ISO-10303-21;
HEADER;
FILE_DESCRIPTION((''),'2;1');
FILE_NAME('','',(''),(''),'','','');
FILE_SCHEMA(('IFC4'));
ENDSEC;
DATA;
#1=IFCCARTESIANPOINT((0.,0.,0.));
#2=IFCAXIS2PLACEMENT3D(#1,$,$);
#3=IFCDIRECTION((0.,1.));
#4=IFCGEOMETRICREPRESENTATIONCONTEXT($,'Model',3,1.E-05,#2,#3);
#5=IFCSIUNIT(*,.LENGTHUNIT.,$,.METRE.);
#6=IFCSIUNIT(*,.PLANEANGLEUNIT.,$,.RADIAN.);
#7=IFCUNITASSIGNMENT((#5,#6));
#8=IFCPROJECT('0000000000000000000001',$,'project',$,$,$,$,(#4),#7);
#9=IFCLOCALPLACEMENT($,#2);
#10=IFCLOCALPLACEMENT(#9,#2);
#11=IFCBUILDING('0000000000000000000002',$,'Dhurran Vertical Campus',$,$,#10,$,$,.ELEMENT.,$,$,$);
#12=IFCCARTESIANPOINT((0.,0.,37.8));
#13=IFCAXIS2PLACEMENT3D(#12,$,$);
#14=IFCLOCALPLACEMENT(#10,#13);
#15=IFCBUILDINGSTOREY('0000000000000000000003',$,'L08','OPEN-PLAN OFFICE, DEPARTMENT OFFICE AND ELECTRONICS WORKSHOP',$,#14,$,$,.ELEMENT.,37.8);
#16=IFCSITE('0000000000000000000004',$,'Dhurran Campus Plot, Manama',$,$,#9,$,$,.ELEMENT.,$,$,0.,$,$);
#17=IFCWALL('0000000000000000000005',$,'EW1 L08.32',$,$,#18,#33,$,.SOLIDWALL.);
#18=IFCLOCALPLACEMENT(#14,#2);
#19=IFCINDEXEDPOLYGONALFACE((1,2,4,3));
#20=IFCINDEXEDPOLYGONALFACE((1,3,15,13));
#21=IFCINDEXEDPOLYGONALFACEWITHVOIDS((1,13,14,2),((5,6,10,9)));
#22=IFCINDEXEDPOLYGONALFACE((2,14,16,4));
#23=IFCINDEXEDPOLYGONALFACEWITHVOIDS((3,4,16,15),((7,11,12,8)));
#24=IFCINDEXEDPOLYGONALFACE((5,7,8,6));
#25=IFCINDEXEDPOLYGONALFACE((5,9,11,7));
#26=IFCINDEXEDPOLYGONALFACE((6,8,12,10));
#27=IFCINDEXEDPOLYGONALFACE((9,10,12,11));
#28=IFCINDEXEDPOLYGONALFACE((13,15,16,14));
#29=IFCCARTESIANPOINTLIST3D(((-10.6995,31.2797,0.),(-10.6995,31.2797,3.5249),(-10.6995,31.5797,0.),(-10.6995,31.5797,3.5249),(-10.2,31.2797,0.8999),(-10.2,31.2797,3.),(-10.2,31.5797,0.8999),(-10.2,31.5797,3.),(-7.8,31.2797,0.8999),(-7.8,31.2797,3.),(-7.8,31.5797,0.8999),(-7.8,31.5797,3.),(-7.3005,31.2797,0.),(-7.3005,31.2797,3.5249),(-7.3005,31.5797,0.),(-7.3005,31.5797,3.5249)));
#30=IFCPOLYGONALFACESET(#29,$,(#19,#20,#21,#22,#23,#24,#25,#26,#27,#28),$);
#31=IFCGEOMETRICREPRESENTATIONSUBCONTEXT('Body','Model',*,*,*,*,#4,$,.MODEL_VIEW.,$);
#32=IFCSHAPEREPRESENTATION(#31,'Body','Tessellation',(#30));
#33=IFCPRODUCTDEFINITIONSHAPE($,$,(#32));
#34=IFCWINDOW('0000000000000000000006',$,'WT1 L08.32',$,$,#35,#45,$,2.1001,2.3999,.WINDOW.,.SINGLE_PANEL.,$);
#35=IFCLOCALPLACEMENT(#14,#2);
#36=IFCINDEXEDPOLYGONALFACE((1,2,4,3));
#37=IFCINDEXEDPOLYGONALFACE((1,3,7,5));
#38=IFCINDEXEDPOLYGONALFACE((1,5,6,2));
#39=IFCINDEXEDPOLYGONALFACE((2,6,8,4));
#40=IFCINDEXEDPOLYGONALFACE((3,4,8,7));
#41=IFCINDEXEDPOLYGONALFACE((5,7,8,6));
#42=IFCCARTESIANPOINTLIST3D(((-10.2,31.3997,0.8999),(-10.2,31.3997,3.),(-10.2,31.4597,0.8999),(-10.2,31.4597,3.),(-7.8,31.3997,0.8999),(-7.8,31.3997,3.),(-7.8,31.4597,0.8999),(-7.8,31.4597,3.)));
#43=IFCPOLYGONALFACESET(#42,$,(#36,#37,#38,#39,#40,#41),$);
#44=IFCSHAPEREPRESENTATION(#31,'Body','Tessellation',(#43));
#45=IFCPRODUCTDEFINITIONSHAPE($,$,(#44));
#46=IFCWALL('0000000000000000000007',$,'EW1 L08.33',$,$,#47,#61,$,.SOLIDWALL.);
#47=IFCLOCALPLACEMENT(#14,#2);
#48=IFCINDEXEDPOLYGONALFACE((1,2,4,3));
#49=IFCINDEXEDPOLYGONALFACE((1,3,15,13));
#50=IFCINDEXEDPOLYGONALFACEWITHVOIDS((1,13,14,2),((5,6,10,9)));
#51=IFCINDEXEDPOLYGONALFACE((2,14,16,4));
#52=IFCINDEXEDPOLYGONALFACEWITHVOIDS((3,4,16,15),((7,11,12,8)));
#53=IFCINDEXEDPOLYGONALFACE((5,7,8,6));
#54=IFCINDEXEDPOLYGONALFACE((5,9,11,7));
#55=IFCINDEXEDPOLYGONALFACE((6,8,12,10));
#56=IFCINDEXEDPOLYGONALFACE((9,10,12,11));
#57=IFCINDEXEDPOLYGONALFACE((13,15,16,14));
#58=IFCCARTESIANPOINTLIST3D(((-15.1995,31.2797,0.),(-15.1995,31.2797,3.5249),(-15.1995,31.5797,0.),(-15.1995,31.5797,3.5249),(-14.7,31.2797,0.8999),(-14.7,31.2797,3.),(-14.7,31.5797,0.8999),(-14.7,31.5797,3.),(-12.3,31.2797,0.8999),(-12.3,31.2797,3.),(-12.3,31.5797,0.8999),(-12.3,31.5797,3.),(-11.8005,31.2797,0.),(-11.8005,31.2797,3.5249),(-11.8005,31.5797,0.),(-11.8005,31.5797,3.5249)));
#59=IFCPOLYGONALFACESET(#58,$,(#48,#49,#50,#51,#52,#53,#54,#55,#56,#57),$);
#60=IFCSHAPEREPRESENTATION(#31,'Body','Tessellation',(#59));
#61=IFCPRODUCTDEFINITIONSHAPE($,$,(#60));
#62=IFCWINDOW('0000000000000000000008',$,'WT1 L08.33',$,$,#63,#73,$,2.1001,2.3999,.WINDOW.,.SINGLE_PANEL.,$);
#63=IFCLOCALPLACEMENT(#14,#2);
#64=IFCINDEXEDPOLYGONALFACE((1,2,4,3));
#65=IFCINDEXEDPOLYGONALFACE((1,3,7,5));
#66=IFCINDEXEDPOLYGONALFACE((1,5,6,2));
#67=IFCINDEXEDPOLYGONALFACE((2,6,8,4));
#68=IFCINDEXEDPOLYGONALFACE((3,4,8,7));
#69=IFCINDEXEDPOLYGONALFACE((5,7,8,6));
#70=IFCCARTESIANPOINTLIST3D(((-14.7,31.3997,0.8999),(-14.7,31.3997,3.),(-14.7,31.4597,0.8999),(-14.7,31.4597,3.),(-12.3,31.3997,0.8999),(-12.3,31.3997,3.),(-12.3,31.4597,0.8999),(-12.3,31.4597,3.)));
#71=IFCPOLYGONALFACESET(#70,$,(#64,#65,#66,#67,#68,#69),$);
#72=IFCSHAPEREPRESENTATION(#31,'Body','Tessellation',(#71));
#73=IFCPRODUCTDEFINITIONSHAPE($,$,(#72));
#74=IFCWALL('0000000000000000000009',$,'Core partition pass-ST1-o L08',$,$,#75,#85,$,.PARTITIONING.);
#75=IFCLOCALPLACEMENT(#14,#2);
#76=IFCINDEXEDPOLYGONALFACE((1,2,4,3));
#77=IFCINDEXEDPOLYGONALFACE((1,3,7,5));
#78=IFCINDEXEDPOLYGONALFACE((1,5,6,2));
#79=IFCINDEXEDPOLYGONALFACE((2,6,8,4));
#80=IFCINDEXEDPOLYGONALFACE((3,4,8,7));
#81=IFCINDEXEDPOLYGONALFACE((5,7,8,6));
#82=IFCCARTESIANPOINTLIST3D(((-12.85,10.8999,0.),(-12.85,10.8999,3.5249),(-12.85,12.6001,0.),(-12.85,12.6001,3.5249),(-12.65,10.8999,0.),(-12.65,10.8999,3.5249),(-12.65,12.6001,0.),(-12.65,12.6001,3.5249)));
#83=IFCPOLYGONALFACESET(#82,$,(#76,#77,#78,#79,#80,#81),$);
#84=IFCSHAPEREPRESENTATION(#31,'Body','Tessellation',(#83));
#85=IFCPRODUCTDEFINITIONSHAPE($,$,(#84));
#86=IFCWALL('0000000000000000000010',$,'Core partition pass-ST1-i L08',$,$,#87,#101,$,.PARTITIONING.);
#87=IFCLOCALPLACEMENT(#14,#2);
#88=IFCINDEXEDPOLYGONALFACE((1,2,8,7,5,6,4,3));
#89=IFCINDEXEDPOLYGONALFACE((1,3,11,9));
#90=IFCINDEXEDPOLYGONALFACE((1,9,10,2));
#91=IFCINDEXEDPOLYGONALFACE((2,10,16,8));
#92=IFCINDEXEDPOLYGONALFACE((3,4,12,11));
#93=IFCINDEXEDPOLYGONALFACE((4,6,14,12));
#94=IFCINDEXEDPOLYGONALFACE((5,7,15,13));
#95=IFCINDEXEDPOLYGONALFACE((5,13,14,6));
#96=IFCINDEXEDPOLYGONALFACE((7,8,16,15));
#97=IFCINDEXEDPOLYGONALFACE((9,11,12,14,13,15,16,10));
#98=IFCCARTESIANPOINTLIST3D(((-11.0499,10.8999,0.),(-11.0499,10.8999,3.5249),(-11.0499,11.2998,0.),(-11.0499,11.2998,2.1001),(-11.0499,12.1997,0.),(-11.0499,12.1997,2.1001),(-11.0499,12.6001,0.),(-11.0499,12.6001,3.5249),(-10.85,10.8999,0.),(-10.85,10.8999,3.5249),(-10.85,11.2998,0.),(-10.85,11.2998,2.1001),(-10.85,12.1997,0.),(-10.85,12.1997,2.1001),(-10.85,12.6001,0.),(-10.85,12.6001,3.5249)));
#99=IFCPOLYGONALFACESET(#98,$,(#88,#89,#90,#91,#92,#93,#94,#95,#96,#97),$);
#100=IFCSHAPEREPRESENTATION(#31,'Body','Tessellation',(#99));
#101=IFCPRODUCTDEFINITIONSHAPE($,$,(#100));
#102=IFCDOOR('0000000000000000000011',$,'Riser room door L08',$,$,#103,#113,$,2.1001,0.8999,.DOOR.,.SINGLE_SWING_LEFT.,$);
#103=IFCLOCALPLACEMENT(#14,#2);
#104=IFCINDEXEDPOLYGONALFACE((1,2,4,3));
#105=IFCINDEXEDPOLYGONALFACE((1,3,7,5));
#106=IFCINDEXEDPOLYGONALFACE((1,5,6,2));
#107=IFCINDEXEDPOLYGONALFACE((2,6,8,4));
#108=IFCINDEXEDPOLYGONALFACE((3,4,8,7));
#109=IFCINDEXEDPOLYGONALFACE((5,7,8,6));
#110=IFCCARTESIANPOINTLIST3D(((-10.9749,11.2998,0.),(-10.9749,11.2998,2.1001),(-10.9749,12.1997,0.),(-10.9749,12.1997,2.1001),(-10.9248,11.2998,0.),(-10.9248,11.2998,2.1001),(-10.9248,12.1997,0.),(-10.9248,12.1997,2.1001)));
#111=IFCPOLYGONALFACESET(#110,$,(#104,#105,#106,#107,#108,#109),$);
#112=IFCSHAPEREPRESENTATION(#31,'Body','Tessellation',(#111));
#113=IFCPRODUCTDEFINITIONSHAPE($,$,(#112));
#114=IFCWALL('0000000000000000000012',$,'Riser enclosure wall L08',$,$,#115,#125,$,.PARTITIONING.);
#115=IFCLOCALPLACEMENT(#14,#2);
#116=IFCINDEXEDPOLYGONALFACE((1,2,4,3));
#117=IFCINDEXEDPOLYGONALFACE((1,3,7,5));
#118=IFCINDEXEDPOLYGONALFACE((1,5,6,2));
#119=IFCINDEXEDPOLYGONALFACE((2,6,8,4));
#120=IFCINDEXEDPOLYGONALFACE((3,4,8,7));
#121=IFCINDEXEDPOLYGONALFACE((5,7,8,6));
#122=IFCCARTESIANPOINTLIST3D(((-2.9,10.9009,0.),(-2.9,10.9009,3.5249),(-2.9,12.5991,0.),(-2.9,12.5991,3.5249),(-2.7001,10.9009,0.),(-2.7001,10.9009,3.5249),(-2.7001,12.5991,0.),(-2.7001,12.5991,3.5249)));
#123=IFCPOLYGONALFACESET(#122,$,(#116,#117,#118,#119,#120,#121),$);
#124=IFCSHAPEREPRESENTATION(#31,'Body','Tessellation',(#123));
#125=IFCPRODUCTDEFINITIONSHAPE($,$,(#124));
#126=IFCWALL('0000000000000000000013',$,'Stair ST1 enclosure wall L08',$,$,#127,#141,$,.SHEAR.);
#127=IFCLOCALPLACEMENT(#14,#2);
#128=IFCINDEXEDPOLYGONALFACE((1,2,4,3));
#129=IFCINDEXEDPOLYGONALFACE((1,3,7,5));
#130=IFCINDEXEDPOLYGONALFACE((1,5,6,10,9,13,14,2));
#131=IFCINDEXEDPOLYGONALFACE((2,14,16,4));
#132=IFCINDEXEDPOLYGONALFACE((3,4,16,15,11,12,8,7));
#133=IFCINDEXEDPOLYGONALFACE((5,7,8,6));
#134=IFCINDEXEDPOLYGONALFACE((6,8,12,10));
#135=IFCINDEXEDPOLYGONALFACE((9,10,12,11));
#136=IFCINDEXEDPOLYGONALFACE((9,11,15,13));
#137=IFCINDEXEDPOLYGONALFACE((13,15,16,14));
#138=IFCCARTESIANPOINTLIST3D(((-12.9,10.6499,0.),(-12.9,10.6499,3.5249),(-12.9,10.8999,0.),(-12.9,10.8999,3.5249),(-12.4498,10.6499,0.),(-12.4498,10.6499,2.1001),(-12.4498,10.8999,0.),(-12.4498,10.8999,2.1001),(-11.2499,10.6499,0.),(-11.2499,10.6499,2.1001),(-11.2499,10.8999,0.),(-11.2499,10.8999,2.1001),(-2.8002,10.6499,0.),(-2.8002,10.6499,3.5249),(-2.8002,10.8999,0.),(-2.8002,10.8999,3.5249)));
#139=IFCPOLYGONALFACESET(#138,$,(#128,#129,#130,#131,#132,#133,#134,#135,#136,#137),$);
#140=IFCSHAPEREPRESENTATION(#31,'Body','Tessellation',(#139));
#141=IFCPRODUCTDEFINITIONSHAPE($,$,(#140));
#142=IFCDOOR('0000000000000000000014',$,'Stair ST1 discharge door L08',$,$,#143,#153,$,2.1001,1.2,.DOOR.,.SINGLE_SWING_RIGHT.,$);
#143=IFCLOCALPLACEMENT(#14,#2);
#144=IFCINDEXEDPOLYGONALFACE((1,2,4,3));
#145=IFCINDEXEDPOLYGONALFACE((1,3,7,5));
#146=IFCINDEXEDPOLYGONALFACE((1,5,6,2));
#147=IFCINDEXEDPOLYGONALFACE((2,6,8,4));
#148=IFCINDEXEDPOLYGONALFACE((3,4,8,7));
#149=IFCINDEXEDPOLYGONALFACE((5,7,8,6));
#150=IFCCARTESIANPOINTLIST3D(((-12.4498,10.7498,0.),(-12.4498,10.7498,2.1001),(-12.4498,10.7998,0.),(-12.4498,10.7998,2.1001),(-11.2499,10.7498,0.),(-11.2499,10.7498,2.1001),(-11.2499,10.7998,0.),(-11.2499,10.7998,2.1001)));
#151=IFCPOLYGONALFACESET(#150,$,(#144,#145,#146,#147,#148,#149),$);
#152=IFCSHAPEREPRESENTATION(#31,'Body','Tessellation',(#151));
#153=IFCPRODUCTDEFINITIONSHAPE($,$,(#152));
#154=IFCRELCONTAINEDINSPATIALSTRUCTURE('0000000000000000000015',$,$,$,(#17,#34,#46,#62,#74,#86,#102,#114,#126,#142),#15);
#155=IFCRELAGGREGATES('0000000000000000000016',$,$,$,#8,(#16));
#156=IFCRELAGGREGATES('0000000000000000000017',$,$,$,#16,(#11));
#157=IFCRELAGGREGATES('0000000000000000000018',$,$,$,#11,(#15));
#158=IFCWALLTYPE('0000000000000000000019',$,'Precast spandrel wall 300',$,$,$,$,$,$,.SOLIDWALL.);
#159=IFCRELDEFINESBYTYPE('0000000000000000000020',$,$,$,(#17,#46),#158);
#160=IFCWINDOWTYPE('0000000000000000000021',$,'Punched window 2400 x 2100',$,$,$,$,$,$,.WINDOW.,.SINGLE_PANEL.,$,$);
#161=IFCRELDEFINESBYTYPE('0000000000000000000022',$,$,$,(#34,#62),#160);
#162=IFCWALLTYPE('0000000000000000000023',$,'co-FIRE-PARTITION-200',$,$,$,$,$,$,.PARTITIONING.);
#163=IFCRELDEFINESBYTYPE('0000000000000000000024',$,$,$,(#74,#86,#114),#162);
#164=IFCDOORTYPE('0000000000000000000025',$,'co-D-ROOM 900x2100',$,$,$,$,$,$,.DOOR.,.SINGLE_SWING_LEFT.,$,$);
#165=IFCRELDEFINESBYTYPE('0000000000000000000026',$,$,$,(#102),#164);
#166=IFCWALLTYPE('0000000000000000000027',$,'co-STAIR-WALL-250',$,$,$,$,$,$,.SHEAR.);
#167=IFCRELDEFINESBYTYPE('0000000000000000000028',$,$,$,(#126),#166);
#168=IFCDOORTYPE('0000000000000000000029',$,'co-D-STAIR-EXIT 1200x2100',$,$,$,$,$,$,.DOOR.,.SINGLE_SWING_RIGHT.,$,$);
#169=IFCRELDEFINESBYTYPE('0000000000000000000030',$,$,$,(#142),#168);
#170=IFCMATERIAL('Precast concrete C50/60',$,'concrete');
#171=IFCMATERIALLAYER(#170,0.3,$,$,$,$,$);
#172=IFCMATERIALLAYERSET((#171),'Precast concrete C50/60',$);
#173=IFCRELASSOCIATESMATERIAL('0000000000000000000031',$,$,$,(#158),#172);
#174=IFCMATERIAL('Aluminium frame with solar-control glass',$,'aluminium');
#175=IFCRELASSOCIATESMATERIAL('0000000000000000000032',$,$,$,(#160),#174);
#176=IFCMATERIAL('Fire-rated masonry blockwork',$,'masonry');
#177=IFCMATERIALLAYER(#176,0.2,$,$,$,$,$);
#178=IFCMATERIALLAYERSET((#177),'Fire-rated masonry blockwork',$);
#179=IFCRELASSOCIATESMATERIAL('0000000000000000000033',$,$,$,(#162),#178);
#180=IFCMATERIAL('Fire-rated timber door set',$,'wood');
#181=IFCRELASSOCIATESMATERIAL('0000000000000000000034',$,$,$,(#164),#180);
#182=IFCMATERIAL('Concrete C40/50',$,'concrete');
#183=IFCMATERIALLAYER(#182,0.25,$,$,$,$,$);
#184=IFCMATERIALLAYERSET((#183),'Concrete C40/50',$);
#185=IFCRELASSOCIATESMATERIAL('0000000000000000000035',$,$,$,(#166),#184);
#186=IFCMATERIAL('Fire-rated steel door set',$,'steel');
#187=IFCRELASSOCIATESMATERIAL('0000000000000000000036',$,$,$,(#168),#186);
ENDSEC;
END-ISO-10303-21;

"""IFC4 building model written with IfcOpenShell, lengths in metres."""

from ifc_helpers import new_model, si_unit, direction, frame, frame_2d, origin, place, context, subcontext, project, spatial, rectangle, extrude, material, layer, layer_set, type_object, element, fill, save


model = new_model("IFC4")

# Units and contexts
model_context = context("Model", 3, precision=1e-05, world=origin(), true_north=direction((0.0, 1.0)))
body_context = subcontext(model_context, "Body", "Model", "MODEL_VIEW")
ifc_project = project(units=[si_unit("LENGTHUNIT", "METRE"), si_unit("PLANEANGLEUNIT", "RADIAN")], contexts=[model_context])

# Site, building, storey
site_placement = place(None, origin())
site = spatial("IfcSite", under=ifc_project, at=site_placement, Name="Dhurran Campus Plot, Manama", CompositionType="ELEMENT", RefElevation=0.0)
building_placement = place(site_placement, origin())
building = spatial("IfcBuilding", under=site, at=building_placement, Name="Dhurran Vertical Campus", CompositionType="ELEMENT")
storey_placement = place(building_placement, frame((0.0, 0.0, 37.8)))
storey = spatial("IfcBuildingStorey", under=building, at=storey_placement, Name="L08", Description="OPEN-PLAN OFFICE, DEPARTMENT OFFICE AND ELECTRONICS WORKSHOP", CompositionType="ELEMENT", Elevation=37.8)

# Walls, openings, windows
ifc_material_1 = material(Name="Precast concrete C50/60", Category="concrete")
ifc_layer_1 = layer(ifc_material_1, 0.3)
ifc_layer_set_1 = layer_set([ifc_layer_1], Name="Precast concrete C50/60")
wall_type_1 = type_object("IfcWallType", Name="Precast spandrel wall 300", PredefinedType="SOLIDWALL", material=ifc_layer_set_1)
ifc_material_2 = material(Name="Aluminium frame with solar-control glass", Category="aluminium")
window_type = type_object("IfcWindowType", Name="Punched window 2400 x 2100", PartitioningType="SINGLE_PANEL", PredefinedType="WINDOW", material=ifc_material_2)
wall_1_placement = place(storey_placement, frame((-7.3005, 31.4297, 0.0), z_axis=(0.0, 0.0, 1.0), x_axis=(-1.0, 0.0, 0.0)))
wall_1 = element("IfcWall", 1, at=wall_1_placement, inside=storey, type_object=wall_type_1, Name="EW1 L08.32", PredefinedType="SOLIDWALL", context=body_context, shape_type="SweptSolid", body=[
    extrude(rectangle(XDim=3.3989, YDim=0.3, at=frame_2d((1.6995, 0.0))), origin(), (0.0, 0.0, 1.0), 3.5249),
])
opening_1_placement = place(wall_1_placement, frame((0.4995, 0.0, 0.8999)))
opening_1 = element("IfcOpeningElement", 2, at=opening_1_placement, cuts=wall_1, PredefinedType="OPENING", context=body_context, shape_type="SweptSolid", body=[
    extrude(rectangle(XDim=2.3999, YDim=2.1001, at=frame_2d((1.2, 1.05))), frame((0.0, 0.1599, 0.0), z_axis=(0.0, -1.0, 0.0), x_axis=(1.0, 0.0, 0.0)), (0.0, 0.0, 1.0), 0.3201),
])
window_1_placement = place(opening_1_placement, origin())
window_1 = element("IfcWindow", 3, at=window_1_placement, inside=storey, type_object=window_type, Name="WT1 L08.32", OverallHeight=2.1001, OverallWidth=2.3999, PartitioningType="SINGLE_PANEL", PredefinedType="WINDOW", context=body_context, shape_type="SweptSolid", body=[
    extrude(rectangle(XDim=2.3999, YDim=2.1001, at=frame_2d((1.2, 1.05))), frame((0.0, 0.03, 0.0), z_axis=(0.0, -1.0, 0.0), x_axis=(1.0, 0.0, 0.0)), (0.0, 0.0, 1.0), 0.0601),
])
fill(opening_1, window_1)
wall_2_placement = place(storey_placement, frame((-11.8005, 31.4297, 0.0), z_axis=(0.0, 0.0, 1.0), x_axis=(-1.0, 0.0, 0.0)))
wall_2 = element("IfcWall", 4, at=wall_2_placement, inside=storey, type_object=wall_type_1, Name="EW1 L08.33", PredefinedType="SOLIDWALL", context=body_context, shape_type="SweptSolid", body=[
    extrude(rectangle(XDim=3.3989, YDim=0.3, at=frame_2d((1.6995, 0.0))), origin(), (0.0, 0.0, 1.0), 3.5249),
])
opening_2_placement = place(wall_2_placement, frame((0.4995, 0.0, 0.8999)))
opening_2 = element("IfcOpeningElement", 5, at=opening_2_placement, cuts=wall_2, PredefinedType="OPENING", context=body_context, shape_type="SweptSolid", body=[
    extrude(rectangle(XDim=2.3999, YDim=2.1001, at=frame_2d((1.2, 1.05))), frame((0.0, 0.1599, 0.0), z_axis=(0.0, -1.0, 0.0), x_axis=(1.0, 0.0, 0.0)), (0.0, 0.0, 1.0), 0.3201),
])
window_2_placement = place(opening_2_placement, origin())
window_2 = element("IfcWindow", 6, at=window_2_placement, inside=storey, type_object=window_type, Name="WT1 L08.33", OverallHeight=2.1001, OverallWidth=2.3999, PartitioningType="SINGLE_PANEL", PredefinedType="WINDOW", context=body_context, shape_type="SweptSolid", body=[
    extrude(rectangle(XDim=2.3999, YDim=2.1001, at=frame_2d((1.2, 1.05))), frame((0.0, 0.03, 0.0), z_axis=(0.0, -1.0, 0.0), x_axis=(1.0, 0.0, 0.0)), (0.0, 0.0, 1.0), 0.0601),
])
fill(opening_2, window_2)

# Wall
ifc_material_3 = material(Name="Fire-rated masonry blockwork", Category="masonry")
ifc_layer_2 = layer(ifc_material_3, 0.2)
ifc_layer_set_2 = layer_set([ifc_layer_2], Name="Fire-rated masonry blockwork")
wall_type_2 = type_object("IfcWallType", Name="co-FIRE-PARTITION-200", PredefinedType="PARTITIONING", material=ifc_layer_set_2)
wall_3_placement = place(storey_placement, frame((-12.75, 10.8999, 0.0), z_axis=(0.0, 0.0, 1.0), x_axis=(0.0, 1.0, 0.0)))
element("IfcWall", 7, at=wall_3_placement, inside=storey, type_object=wall_type_2, Name="Core partition pass-ST1-o L08", PredefinedType="PARTITIONING", context=body_context, shape_type="SweptSolid", body=[
    extrude(rectangle(XDim=1.7002, YDim=0.2, at=frame_2d((0.8501, 0.0))), origin(), (0.0, 0.0, 1.0), 3.5249),
])

# Wall, opening, door
wall_4_placement = place(storey_placement, frame((-10.95, 10.8999, 0.0), z_axis=(0.0, 0.0, 1.0), x_axis=(0.0, 1.0, 0.0)))
wall_4 = element("IfcWall", 8, at=wall_4_placement, inside=storey, type_object=wall_type_2, Name="Core partition pass-ST1-i L08", PredefinedType="PARTITIONING", context=body_context, shape_type="SweptSolid", body=[
    extrude(rectangle(XDim=1.7002, YDim=0.2, at=frame_2d((0.8501, 0.0))), origin(), (0.0, 0.0, 1.0), 3.5249),
])
opening_3_placement = place(wall_4_placement, frame((0.3999, 0.0, 0.0)))
opening_3 = element("IfcOpeningElement", 9, at=opening_3_placement, cuts=wall_4, PredefinedType="OPENING", context=body_context, shape_type="SweptSolid", body=[
    extrude(rectangle(XDim=0.8999, YDim=2.1001, at=frame_2d((0.45, 1.05))), frame((0.0, 0.1099, 0.0), z_axis=(0.0, -1.0, 0.0), x_axis=(1.0, 0.0, 0.0)), (0.0, 0.0, 1.0), 0.22),
])
ifc_material_4 = material(Name="Fire-rated timber door set", Category="wood")
door_type_1 = type_object("IfcDoorType", Name="co-D-ROOM 900x2100", OperationType="SINGLE_SWING_LEFT", PredefinedType="DOOR", material=ifc_material_4)
door_1_placement = place(opening_3_placement, origin())
door_1 = element("IfcDoor", 10, at=door_1_placement, inside=storey, type_object=door_type_1, Name="Riser room door L08", OperationType="SINGLE_SWING_LEFT", OverallHeight=2.1001, OverallWidth=0.8999, PredefinedType="DOOR", context=body_context, shape_type="SweptSolid", body=[
    extrude(rectangle(XDim=0.8999, YDim=2.1001, at=frame_2d((0.45, 1.05))), frame((0.0, 0.0249, 0.0), z_axis=(0.0, -1.0, 0.0), x_axis=(1.0, 0.0, 0.0)), (0.0, 0.0, 1.0), 0.05),
])
fill(opening_3, door_1)

# Wall
wall_5_placement = place(storey_placement, frame((-2.8, 10.9009, 0.0), z_axis=(0.0, 0.0, 1.0), x_axis=(0.0, 1.0, 0.0)))
element("IfcWall", 11, at=wall_5_placement, inside=storey, type_object=wall_type_2, Name="Riser enclosure wall L08", PredefinedType="PARTITIONING", context=body_context, shape_type="SweptSolid", body=[
    extrude(rectangle(XDim=1.6982, YDim=0.2, at=frame_2d((0.8491, 0.0))), origin(), (0.0, 0.0, 1.0), 3.5249),
])

# Wall, opening, door
ifc_material_5 = material(Name="Concrete C40/50", Category="concrete")
ifc_layer_3 = layer(ifc_material_5, 0.25)
ifc_layer_set_3 = layer_set([ifc_layer_3], Name="Concrete C40/50")
wall_type_3 = type_object("IfcWallType", Name="co-STAIR-WALL-250", PredefinedType="SHEAR", material=ifc_layer_set_3)
wall_6_placement = place(storey_placement, frame((-12.8999, 10.7749, 0.0), z_axis=(0.0, 0.0, 1.0), x_axis=(1.0, 0.0, 0.0)))
wall_6 = element("IfcWall", 12, at=wall_6_placement, inside=storey, type_object=wall_type_3, Name="Stair ST1 enclosure wall L08", PredefinedType="SHEAR", context=body_context, shape_type="SweptSolid", body=[
    extrude(rectangle(XDim=10.0999, YDim=0.25, at=frame_2d((5.0498, 0.0))), origin(), (0.0, 0.0, 1.0), 3.5249),
])
opening_4_placement = place(wall_6_placement, frame((0.45, 0.0, 0.0)))
opening_4 = element("IfcOpeningElement", 13, at=opening_4_placement, cuts=wall_6, PredefinedType="OPENING", context=body_context, shape_type="SweptSolid", body=[
    extrude(rectangle(XDim=1.2, YDim=2.1001, at=frame_2d((0.6001, 1.05))), frame((0.0, 0.135, 0.0), z_axis=(0.0, -1.0, 0.0), x_axis=(1.0, 0.0, 0.0)), (0.0, 0.0, 1.0), 0.27),
])
ifc_material_6 = material(Name="Fire-rated steel door set", Category="steel")
door_type_2 = type_object("IfcDoorType", Name="co-D-STAIR-EXIT 1200x2100", OperationType="SINGLE_SWING_RIGHT", PredefinedType="DOOR", material=ifc_material_6)
door_2_placement = place(opening_4_placement, origin())
door_2 = element("IfcDoor", 14, at=door_2_placement, inside=storey, type_object=door_type_2, Name="Stair ST1 discharge door L08", OperationType="SINGLE_SWING_RIGHT", OverallHeight=2.1001, OverallWidth=1.2, PredefinedType="DOOR", context=body_context, shape_type="SweptSolid", body=[
    extrude(rectangle(XDim=1.2, YDim=2.1001, at=frame_2d((0.6001, 1.05))), frame((0.0, 0.0249, 0.0), z_axis=(0.0, -1.0, 0.0), x_axis=(1.0, 0.0, 0.0)), (0.0, 0.0, 1.0), 0.05),
])
fill(opening_4, door_2)

save(model, "model.ifc")
